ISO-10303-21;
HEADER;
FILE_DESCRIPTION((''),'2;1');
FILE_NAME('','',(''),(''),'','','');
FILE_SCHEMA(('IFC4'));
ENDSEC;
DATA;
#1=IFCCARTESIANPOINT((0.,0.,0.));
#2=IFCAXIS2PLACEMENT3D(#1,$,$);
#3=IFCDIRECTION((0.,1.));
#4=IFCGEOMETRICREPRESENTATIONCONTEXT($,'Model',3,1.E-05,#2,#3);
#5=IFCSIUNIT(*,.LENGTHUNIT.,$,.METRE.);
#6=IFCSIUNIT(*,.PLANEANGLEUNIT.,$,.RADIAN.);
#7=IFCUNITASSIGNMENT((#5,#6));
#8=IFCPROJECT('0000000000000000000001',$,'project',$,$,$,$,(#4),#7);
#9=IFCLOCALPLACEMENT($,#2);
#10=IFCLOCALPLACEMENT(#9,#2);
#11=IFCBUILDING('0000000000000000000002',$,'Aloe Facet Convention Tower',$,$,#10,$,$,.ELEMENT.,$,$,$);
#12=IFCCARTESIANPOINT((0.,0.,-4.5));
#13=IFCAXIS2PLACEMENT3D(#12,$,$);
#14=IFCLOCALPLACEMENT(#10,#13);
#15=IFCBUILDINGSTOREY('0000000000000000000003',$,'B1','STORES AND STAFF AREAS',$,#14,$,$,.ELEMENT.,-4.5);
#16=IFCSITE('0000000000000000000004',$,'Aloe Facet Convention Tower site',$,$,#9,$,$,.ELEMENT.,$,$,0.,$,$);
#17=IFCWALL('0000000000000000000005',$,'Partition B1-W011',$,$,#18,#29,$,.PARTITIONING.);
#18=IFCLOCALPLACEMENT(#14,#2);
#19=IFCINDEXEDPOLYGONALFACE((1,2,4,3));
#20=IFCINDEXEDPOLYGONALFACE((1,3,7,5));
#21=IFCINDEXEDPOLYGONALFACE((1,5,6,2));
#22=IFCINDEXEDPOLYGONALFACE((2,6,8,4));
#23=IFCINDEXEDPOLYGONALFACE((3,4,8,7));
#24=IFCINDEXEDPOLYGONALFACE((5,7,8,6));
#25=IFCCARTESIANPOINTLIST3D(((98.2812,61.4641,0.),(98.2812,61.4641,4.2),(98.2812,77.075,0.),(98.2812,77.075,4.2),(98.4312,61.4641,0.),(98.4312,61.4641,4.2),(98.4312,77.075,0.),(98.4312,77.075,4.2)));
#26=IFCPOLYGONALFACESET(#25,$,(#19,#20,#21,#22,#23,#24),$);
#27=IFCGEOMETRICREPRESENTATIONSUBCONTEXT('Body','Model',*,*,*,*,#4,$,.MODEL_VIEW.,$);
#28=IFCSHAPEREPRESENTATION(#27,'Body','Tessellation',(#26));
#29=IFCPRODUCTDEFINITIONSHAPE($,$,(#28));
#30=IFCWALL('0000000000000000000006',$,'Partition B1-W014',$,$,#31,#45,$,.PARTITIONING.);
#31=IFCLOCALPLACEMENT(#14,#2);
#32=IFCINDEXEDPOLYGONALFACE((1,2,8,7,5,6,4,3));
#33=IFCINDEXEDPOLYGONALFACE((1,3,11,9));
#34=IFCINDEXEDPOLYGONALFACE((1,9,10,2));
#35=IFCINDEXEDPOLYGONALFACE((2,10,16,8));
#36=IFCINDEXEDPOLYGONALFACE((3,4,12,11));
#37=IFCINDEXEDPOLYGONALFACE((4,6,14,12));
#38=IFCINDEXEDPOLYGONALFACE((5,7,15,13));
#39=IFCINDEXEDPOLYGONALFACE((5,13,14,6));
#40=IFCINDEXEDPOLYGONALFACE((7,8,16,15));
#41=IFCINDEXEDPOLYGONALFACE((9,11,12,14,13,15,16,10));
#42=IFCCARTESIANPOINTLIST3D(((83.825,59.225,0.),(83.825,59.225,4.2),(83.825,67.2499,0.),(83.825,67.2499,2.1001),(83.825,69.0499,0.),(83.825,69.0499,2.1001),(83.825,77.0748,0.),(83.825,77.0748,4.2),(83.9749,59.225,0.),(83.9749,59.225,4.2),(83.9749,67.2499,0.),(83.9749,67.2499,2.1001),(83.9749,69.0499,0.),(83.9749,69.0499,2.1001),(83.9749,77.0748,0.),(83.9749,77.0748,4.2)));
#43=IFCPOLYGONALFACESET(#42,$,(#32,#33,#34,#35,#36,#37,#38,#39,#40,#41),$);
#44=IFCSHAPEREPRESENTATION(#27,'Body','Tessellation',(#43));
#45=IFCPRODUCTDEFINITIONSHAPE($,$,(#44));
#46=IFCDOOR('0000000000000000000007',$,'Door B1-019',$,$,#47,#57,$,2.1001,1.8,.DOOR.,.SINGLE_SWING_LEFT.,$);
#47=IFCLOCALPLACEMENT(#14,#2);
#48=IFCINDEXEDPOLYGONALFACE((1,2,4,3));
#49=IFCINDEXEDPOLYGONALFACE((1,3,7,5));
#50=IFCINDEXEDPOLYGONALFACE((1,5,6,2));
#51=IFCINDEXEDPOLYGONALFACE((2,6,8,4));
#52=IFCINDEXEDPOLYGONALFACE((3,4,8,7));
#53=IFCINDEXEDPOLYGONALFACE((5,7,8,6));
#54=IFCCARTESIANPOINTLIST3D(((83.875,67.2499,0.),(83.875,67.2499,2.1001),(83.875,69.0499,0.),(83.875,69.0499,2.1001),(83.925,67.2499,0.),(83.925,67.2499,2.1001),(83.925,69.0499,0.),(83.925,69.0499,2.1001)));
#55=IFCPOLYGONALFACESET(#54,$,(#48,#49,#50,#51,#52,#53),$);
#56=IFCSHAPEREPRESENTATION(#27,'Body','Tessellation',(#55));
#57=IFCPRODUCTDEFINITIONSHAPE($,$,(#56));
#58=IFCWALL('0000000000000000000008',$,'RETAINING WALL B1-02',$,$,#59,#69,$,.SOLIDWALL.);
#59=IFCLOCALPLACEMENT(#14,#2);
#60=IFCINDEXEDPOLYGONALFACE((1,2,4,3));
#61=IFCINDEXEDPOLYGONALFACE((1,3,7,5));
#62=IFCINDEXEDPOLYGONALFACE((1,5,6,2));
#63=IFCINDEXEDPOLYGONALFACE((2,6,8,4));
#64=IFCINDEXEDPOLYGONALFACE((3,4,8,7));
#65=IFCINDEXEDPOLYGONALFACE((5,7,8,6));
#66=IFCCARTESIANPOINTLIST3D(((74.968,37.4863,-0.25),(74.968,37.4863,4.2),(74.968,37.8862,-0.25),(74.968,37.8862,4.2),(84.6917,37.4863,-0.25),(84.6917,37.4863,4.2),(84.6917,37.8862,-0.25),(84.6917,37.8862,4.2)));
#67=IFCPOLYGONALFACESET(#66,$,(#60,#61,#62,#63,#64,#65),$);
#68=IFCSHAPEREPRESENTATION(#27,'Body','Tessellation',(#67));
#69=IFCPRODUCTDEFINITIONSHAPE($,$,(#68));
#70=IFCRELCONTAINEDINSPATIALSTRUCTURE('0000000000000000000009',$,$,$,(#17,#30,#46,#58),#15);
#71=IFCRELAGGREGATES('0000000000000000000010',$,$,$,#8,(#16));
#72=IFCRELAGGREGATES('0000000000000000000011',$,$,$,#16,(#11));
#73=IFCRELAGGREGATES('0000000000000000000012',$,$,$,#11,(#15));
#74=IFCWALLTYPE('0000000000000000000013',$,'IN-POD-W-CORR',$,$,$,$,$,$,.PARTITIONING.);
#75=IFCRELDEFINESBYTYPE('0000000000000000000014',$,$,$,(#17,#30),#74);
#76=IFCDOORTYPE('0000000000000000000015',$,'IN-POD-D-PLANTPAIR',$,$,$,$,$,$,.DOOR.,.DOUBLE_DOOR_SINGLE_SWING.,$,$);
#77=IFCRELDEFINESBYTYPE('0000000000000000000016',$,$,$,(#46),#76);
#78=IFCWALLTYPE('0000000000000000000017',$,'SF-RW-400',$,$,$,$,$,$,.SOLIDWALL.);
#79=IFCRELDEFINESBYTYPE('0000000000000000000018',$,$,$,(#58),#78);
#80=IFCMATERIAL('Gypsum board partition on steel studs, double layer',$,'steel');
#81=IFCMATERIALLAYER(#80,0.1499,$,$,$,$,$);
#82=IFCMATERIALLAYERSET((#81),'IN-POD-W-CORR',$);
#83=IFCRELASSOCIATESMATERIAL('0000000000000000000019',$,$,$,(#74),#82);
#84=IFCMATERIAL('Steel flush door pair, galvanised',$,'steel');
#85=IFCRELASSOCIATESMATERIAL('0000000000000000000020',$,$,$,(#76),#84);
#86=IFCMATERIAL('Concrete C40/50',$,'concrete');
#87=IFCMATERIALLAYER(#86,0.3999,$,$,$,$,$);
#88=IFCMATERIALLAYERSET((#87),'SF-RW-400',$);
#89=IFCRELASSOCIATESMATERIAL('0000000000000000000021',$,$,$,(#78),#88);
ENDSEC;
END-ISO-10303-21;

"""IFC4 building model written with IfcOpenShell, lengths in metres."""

from ifc_helpers import new_model, si_unit, direction, frame, frame_2d, origin, place, context, subcontext, project, spatial, rectangle, extrude, material, layer, layer_set, type_object, element, fill, save


model = new_model("IFC4")

# Units and contexts
model_context = context("Model", 3, precision=1e-05, world=origin(), true_north=direction((0.0, 1.0)))
body_context = subcontext(model_context, "Body", "Model", "MODEL_VIEW")
ifc_project = project(units=[si_unit("LENGTHUNIT", "METRE"), si_unit("PLANEANGLEUNIT", "RADIAN")], contexts=[model_context])

# Site, building, storey
site_placement = place(None, origin())
site = spatial("IfcSite", under=ifc_project, at=site_placement, Name="Aloe Facet Convention Tower site", CompositionType="ELEMENT", RefElevation=0.0)
building_placement = place(site_placement, origin())
building = spatial("IfcBuilding", under=site, at=building_placement, Name="Aloe Facet Convention Tower", CompositionType="ELEMENT")
storey_placement = place(building_placement, frame((0.0, 0.0, -4.5)))
storey = spatial("IfcBuildingStorey", under=building, at=storey_placement, Name="B1", Description="STORES AND STAFF AREAS", CompositionType="ELEMENT", Elevation=-4.5)

# Shared definitions
ifc_material_1 = material(Name="Gypsum board partition on steel studs, double layer", Category="steel")
ifc_layer_1 = layer(ifc_material_1, 0.1499)
ifc_layer_set_1 = layer_set([ifc_layer_1], Name="IN-POD-W-CORR")
wall_type_1 = type_object("IfcWallType", Name="IN-POD-W-CORR", PredefinedType="PARTITIONING", material=ifc_layer_set_1)

# Shared definitions
ifc_material_2 = material(Name="Steel flush door pair, galvanised", Category="steel")
door_type_1 = type_object("IfcDoorType", Name="IN-POD-D-PLANTPAIR", OperationType="DOUBLE_DOOR_SINGLE_SWING", PredefinedType="DOOR", material=ifc_material_2)

# Wall
wall_1_placement = place(storey_placement, frame((98.3562, 61.4641, 0.0), z_axis=(0.0, 0.0, 1.0), x_axis=(0.0, 1.0, 0.0)))
element("IfcWall", 1, at=wall_1_placement, inside=storey, type_object=wall_type_1, Name="Partition B1-W011", PredefinedType="PARTITIONING", context=body_context, shape_type="SweptSolid", body=[
    extrude(rectangle(XDim=15.6108, YDim=0.1499, at=frame_2d((7.8054, 0.0))), origin(), (0.0, 0.0, 1.0), 4.2),
])

# Wall, opening, door
wall_2_placement = place(storey_placement, frame((83.8999, 59.2251, 0.0), z_axis=(0.0, 0.0, 1.0), x_axis=(0.0, 1.0, 0.0)))
wall_2 = element("IfcWall", 2, at=wall_2_placement, inside=storey, type_object=wall_type_1, Name="Partition B1-W014", PredefinedType="PARTITIONING", context=body_context, shape_type="SweptSolid", body=[
    extrude(rectangle(XDim=17.8499, YDim=0.1499, at=frame_2d((8.9248, 0.0))), origin(), (0.0, 0.0, 1.0), 4.2),
])
opening_1_placement = place(wall_2_placement, frame((8.0249, 0.0, 0.0)))
opening_1 = element("IfcOpeningElement", 3, at=opening_1_placement, cuts=wall_2, PredefinedType="OPENING", context=body_context, shape_type="SweptSolid", body=[
    extrude(rectangle(XDim=1.8, YDim=2.1001, at=frame_2d((0.8999, 1.05))), frame((0.0, 0.085, 0.0), z_axis=(0.0, -1.0, 0.0), x_axis=(1.0, 0.0, 0.0)), (0.0, 0.0, 1.0), 0.1699),
])
door_1_placement = place(opening_1_placement, origin())
door_1 = element("IfcDoor", 4, at=door_1_placement, inside=storey, type_object=door_type_1, Name="Door B1-019", OperationType="SINGLE_SWING_LEFT", OverallHeight=2.1001, OverallWidth=1.8, PredefinedType="DOOR", context=body_context, shape_type="SweptSolid", body=[
    extrude(rectangle(XDim=1.8, YDim=2.1001, at=frame_2d((0.8999, 1.05))), frame((0.0, 0.0249, 0.0), z_axis=(0.0, -1.0, 0.0), x_axis=(1.0, 0.0, 0.0)), (0.0, 0.0, 1.0), 0.05),
])
fill(opening_1, door_1)

# Wall
ifc_material_3 = material(Name="Concrete C40/50", Category="concrete")
ifc_layer_2 = layer(ifc_material_3, 0.3999)
ifc_layer_set_2 = layer_set([ifc_layer_2], Name="SF-RW-400")
wall_type_2 = type_object("IfcWallType", Name="SF-RW-400", PredefinedType="SOLIDWALL", material=ifc_layer_set_2)
wall_3_placement = place(storey_placement, frame((84.6917, 37.6863, -0.25), z_axis=(0.0, 0.0, 1.0), x_axis=(-1.0, 0.0, 0.0)))
element("IfcWall", 5, at=wall_3_placement, inside=storey, type_object=wall_type_2, Name="RETAINING WALL B1-02", PredefinedType="SOLIDWALL", context=body_context, shape_type="SweptSolid", body=[
    extrude(rectangle(XDim=9.7236, YDim=0.3999, at=frame_2d((4.8618, 0.0))), origin(), (0.0, 0.0, 1.0), 4.45),
])

save(model, "model.ifc")
